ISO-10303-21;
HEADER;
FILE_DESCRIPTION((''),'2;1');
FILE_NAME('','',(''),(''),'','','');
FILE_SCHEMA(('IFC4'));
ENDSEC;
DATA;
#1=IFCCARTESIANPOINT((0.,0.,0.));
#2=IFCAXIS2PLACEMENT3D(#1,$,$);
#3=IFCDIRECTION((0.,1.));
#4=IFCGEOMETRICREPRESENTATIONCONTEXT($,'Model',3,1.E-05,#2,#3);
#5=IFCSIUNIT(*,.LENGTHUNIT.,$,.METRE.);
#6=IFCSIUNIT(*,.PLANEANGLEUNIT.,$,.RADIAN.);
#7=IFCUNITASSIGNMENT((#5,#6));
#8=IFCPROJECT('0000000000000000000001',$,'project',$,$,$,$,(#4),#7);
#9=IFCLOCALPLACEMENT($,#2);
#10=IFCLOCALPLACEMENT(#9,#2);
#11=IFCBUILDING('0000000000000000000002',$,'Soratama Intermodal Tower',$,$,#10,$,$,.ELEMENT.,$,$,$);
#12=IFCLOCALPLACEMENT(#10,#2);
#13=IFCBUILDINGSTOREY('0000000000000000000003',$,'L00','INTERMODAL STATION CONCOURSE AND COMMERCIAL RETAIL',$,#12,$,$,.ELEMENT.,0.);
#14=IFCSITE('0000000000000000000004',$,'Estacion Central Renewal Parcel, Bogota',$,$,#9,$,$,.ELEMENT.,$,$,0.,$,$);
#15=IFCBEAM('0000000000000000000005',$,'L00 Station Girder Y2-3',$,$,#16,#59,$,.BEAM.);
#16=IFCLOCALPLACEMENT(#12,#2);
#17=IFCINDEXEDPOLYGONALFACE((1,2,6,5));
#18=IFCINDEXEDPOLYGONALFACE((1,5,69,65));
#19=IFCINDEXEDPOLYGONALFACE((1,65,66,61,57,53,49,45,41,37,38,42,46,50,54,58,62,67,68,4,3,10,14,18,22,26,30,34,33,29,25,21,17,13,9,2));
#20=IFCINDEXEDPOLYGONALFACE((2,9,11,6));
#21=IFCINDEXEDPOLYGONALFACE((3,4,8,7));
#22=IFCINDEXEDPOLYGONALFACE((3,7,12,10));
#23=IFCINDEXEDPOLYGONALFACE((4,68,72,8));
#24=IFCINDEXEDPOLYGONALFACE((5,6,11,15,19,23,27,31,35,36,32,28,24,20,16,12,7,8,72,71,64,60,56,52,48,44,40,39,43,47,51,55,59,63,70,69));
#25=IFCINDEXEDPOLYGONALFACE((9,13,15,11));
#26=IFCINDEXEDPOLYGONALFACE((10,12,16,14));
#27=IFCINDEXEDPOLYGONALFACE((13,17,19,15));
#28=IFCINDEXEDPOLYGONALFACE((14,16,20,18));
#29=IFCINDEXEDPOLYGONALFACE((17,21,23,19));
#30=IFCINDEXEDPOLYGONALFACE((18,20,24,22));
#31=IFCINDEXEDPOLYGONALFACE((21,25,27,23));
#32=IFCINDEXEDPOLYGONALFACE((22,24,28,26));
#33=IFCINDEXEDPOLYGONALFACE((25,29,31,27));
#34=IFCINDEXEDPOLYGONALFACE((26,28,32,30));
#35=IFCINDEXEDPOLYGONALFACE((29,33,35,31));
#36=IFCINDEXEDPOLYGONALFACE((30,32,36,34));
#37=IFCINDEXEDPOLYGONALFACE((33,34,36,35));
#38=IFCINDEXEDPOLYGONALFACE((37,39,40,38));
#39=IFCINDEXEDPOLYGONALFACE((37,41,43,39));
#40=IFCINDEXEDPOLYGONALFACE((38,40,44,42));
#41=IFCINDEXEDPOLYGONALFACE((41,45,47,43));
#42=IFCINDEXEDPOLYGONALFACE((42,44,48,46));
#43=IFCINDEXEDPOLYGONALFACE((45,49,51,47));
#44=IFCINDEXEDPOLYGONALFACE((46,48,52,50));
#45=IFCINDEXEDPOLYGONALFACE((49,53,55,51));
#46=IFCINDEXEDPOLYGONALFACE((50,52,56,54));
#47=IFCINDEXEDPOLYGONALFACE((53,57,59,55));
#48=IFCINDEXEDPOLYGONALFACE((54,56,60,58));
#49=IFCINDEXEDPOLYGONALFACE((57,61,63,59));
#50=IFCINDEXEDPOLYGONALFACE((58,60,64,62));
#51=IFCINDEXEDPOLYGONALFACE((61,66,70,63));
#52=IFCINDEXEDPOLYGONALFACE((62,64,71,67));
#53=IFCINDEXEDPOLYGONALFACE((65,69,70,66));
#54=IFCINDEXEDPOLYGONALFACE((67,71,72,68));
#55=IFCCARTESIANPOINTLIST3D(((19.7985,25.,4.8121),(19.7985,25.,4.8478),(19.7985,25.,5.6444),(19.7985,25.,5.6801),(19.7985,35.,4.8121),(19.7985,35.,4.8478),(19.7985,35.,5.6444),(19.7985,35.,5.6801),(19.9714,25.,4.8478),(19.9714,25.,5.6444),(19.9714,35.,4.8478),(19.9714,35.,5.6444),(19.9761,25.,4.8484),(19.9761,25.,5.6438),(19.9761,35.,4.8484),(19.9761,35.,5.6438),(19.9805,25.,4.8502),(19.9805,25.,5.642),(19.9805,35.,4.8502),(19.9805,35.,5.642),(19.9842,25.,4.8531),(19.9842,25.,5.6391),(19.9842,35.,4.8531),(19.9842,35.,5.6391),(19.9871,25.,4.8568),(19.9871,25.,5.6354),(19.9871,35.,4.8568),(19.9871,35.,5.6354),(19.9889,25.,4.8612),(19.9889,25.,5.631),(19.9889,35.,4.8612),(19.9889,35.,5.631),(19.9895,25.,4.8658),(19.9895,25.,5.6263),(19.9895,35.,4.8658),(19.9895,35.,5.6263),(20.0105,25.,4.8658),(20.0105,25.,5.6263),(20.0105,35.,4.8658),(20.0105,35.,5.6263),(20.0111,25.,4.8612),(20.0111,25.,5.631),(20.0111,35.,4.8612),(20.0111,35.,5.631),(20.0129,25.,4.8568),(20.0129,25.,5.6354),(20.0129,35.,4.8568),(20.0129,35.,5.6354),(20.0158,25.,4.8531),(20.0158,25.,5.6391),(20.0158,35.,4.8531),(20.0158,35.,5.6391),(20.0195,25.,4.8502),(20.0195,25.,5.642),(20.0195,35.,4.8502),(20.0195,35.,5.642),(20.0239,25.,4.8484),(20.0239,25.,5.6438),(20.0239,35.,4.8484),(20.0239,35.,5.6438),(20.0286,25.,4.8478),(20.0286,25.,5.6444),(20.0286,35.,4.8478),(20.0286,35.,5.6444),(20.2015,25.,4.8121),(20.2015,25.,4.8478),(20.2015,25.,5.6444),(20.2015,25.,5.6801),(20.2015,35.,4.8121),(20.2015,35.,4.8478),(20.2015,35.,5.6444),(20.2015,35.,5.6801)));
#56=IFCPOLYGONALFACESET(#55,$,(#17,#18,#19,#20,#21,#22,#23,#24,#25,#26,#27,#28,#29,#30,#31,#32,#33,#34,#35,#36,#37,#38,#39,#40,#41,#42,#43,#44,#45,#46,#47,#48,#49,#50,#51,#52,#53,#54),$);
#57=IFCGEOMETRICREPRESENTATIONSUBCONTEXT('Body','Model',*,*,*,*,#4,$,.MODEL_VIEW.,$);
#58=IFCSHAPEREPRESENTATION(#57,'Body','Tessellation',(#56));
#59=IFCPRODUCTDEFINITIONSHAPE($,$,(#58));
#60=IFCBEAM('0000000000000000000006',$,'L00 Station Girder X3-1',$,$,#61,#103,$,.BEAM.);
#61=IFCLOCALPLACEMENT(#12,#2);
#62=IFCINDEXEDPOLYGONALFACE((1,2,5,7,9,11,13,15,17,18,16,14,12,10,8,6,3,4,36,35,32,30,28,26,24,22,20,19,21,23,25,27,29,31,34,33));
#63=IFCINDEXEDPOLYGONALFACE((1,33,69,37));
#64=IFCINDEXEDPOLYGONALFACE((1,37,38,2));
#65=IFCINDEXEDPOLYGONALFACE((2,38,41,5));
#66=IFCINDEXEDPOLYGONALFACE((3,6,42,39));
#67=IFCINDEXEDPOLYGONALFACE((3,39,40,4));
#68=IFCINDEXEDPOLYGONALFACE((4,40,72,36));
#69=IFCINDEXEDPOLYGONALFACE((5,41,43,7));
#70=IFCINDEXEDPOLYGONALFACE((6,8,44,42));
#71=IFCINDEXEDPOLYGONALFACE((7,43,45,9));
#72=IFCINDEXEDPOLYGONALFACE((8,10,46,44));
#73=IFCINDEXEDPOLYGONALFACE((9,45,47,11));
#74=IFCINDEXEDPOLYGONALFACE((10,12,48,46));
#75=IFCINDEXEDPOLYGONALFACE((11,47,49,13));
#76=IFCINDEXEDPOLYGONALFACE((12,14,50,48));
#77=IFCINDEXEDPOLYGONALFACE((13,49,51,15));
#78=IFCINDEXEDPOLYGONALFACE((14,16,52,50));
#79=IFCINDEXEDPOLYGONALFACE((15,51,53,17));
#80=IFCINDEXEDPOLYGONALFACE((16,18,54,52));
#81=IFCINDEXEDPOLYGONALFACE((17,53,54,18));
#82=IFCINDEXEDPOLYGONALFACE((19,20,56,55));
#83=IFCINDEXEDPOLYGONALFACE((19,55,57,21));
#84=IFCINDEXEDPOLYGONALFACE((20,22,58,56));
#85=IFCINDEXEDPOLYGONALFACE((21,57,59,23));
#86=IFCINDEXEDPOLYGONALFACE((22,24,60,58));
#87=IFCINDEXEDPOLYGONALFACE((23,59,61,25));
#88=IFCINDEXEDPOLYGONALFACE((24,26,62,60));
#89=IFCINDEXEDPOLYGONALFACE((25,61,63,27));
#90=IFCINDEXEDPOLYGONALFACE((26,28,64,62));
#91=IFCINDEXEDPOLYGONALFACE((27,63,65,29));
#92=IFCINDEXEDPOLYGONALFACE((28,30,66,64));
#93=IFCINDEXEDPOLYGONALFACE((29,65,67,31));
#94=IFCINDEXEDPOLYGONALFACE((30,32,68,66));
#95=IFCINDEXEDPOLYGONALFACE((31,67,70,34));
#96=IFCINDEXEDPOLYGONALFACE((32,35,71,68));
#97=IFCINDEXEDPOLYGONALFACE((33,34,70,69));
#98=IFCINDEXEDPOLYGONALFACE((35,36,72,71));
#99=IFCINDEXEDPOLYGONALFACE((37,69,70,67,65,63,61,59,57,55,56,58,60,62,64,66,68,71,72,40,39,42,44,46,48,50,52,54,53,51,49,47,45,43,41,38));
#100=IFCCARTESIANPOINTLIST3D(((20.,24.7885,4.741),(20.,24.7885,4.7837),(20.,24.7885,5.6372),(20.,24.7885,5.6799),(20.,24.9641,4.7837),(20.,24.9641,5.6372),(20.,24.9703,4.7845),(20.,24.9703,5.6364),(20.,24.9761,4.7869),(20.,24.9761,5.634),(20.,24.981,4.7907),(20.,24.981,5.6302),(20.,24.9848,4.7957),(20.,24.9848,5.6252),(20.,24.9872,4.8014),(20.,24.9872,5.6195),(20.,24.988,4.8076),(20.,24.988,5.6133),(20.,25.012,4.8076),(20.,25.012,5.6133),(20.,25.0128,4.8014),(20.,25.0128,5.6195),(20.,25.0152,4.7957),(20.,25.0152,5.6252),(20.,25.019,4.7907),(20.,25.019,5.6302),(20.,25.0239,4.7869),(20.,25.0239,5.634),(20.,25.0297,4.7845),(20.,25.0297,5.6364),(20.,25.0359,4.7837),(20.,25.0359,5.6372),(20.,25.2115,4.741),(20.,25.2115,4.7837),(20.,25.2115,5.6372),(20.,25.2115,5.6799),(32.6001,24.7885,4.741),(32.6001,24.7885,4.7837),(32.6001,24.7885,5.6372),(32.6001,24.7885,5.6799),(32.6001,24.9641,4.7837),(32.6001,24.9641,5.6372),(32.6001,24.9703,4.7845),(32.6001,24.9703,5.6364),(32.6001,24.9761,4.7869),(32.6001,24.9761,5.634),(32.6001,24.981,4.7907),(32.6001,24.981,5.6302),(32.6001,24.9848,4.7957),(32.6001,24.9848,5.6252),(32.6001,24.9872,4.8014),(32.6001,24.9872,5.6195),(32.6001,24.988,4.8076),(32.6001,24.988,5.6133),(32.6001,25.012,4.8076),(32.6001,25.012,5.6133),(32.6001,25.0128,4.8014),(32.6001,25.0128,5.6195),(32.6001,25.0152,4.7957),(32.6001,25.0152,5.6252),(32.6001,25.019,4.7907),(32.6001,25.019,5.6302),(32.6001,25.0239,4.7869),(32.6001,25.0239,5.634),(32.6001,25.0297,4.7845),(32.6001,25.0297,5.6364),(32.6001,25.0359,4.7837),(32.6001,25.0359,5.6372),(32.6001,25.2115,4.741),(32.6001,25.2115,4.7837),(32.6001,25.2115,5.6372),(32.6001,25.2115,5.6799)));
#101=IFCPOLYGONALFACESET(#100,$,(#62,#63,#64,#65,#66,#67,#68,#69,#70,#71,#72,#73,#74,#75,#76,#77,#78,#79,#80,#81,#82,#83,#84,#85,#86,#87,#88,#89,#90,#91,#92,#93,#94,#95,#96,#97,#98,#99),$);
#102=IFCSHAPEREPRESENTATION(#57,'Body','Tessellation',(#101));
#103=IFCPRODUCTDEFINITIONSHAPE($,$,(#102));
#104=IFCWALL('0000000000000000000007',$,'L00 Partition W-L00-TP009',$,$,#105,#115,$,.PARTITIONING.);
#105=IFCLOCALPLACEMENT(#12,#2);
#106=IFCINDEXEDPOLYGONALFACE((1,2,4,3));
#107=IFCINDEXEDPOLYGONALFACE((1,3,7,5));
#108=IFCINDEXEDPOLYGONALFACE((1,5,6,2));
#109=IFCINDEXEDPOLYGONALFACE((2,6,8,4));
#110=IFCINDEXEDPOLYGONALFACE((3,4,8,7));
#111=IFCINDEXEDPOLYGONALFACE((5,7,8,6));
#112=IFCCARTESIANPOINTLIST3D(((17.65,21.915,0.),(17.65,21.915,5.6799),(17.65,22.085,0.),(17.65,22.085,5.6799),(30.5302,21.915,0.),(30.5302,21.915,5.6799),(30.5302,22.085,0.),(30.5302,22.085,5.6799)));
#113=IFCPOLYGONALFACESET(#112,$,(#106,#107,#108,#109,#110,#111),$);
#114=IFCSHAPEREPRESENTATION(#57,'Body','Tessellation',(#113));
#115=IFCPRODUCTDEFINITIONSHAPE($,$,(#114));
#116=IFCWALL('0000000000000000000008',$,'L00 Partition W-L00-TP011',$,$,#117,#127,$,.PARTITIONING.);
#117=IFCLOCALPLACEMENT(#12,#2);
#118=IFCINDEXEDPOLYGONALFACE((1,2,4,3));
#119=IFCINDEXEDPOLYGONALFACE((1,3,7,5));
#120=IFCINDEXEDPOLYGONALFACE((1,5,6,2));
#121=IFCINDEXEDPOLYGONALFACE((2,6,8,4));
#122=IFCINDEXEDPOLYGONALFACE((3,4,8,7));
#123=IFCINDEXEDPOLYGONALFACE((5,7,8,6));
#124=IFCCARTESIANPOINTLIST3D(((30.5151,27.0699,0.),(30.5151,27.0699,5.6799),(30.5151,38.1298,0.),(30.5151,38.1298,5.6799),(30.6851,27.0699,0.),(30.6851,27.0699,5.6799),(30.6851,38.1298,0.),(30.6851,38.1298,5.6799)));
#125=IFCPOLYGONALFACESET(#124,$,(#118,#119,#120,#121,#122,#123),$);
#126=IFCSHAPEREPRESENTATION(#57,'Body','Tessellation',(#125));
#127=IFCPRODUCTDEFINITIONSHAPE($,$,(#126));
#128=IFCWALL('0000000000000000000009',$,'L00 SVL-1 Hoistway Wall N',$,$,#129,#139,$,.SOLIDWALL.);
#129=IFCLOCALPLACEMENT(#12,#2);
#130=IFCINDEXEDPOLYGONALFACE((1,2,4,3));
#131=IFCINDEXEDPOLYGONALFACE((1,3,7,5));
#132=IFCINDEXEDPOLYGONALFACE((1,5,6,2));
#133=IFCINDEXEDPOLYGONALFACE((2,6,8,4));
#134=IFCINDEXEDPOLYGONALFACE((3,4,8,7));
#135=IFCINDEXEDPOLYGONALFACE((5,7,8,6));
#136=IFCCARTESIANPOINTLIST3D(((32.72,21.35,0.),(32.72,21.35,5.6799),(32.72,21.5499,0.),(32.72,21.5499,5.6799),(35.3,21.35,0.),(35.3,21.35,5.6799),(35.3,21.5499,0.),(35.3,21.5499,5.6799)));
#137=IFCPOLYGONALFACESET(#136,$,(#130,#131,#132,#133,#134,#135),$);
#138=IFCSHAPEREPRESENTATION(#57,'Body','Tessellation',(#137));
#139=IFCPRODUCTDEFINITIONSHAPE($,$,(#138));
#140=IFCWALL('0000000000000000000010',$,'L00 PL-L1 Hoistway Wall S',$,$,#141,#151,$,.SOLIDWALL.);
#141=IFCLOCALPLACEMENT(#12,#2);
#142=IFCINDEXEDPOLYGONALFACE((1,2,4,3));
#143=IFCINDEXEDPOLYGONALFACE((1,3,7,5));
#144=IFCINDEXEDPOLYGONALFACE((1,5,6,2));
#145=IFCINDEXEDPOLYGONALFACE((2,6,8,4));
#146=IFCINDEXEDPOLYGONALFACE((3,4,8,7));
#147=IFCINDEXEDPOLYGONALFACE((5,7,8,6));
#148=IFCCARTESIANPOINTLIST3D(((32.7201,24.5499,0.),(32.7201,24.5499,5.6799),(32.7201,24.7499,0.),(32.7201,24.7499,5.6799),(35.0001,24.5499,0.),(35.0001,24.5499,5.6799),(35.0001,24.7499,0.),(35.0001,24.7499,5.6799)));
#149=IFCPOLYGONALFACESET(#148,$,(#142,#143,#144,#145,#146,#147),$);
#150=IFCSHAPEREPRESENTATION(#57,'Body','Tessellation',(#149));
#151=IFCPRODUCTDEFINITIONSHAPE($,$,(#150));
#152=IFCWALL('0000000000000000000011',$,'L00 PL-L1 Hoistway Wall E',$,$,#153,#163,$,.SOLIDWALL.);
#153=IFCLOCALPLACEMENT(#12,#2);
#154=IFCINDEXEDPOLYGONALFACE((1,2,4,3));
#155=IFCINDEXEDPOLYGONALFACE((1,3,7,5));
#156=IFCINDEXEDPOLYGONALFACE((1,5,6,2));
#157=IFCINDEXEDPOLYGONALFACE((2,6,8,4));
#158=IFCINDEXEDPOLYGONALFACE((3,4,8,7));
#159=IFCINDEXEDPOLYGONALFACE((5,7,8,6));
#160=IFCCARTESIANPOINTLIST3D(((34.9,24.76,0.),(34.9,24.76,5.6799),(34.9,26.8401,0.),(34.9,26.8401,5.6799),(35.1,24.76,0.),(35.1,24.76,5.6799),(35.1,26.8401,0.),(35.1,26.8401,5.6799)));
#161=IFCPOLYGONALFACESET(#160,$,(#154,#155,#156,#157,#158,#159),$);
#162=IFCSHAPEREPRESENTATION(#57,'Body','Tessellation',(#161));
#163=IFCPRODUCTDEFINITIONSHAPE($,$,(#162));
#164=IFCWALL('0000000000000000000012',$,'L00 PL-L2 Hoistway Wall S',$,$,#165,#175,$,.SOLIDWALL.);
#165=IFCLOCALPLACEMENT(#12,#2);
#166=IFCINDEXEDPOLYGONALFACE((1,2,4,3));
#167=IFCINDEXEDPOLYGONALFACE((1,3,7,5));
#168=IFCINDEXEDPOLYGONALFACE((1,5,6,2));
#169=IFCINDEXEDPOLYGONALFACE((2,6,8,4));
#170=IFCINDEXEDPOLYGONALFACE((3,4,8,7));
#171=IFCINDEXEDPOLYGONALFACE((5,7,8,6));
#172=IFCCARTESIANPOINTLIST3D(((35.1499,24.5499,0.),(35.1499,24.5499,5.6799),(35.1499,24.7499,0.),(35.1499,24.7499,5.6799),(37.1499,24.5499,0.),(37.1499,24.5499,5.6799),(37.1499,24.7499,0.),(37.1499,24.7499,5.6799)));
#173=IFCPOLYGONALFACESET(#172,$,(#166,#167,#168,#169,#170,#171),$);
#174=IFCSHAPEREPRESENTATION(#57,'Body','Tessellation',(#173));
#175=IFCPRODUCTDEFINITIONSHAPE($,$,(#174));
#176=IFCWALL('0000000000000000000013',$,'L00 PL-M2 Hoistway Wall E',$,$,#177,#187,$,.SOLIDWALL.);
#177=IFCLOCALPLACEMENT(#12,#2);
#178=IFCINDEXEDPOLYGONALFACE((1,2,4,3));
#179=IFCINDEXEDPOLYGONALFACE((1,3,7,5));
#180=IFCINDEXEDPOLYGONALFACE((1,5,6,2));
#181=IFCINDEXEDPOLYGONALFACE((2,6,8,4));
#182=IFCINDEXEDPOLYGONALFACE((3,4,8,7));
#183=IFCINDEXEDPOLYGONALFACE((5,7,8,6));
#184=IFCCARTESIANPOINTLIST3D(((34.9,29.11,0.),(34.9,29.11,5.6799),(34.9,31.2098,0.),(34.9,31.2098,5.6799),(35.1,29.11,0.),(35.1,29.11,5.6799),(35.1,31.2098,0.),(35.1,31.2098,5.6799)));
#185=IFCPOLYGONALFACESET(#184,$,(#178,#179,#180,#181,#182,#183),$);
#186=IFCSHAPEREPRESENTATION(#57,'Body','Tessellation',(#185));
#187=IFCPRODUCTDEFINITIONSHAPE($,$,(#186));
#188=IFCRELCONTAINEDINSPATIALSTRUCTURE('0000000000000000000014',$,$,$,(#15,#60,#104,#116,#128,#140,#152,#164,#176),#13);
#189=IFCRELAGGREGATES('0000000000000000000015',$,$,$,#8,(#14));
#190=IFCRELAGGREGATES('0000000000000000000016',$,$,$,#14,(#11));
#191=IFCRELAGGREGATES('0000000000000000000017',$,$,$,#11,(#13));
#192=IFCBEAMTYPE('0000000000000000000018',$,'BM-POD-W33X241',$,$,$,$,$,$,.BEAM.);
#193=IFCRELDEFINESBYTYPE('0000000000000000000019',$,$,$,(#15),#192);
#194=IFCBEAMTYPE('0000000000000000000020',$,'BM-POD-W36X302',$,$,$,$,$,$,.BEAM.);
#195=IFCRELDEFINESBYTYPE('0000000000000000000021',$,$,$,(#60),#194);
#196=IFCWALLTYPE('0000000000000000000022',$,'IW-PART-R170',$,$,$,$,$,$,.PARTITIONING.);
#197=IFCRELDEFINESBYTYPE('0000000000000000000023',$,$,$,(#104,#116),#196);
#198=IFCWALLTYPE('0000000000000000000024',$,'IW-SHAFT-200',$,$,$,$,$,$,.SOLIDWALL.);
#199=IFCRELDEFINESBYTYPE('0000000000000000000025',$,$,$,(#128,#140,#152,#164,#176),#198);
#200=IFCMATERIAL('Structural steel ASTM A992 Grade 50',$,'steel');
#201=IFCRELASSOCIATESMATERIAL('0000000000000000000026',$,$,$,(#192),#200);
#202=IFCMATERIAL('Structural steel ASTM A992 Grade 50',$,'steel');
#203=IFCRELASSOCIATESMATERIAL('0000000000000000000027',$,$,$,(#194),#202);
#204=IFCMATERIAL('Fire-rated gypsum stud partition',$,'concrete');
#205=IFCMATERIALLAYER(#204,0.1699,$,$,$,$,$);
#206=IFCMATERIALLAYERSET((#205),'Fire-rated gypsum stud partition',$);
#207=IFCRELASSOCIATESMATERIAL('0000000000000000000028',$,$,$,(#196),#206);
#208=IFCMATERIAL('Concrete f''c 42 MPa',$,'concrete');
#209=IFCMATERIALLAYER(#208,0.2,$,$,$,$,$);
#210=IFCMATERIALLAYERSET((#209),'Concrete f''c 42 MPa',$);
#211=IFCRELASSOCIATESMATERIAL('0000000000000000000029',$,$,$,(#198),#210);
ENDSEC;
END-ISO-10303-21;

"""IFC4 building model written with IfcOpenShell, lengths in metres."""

from ifc_helpers import new_model, si_unit, direction, frame, frame_2d, origin, origin_2d, place, context, subcontext, project, spatial, rectangle, i_section, extrude, material, layer, layer_set, material_profile, profile_set, type_object, element, save


model = new_model("IFC4")

# Units and contexts
model_context = context("Model", 3, precision=1e-05, world=origin(), true_north=direction((0.0, 1.0)))
body_context = subcontext(model_context, "Body", "Model", "MODEL_VIEW")
ifc_project = project(units=[si_unit("LENGTHUNIT", "METRE"), si_unit("PLANEANGLEUNIT", "RADIAN")], contexts=[model_context])

# Site, building, storey
site_placement = place(None, origin())
site = spatial("IfcSite", under=ifc_project, at=site_placement, Name="Estacion Central Renewal Parcel, Bogota", CompositionType="ELEMENT", RefElevation=0.0)
building_placement = place(site_placement, origin())
building = spatial("IfcBuilding", under=site, at=building_placement, Name="Soratama Intermodal Tower", CompositionType="ELEMENT")
storey_placement = place(building_placement, origin())
storey = spatial("IfcBuildingStorey", under=building, at=storey_placement, Name="L00", Description="INTERMODAL STATION CONCOURSE AND COMMERCIAL RETAIL", CompositionType="ELEMENT", Elevation=0.0)

# Beams
ifc_material_1 = material(Name="Structural steel ASTM A992 Grade 50", Category="steel")
ifc_material_profile_1 = material_profile(ifc_material_1, i_section(OverallWidth=0.4031, OverallDepth=0.8679, WebThickness=0.021, FlangeThickness=0.0356, FilletRadius=0.0181, at=origin_2d()), Name="W33X241")
ifc_profile_set_1 = profile_set([ifc_material_profile_1], Name="Structural steel ASTM A992 Grade 50")
beam_type_1 = type_object("IfcBeamType", Name="BM-POD-W33X241", PredefinedType="BEAM", material=ifc_profile_set_1)
beam_1_placement = place(storey_placement, frame((20.0, 25.0, 5.2461), z_axis=(0.0, 1.0, 0.0), x_axis=(-1.0, 0.0, 0.0)))
element("IfcBeam", 1, at=beam_1_placement, inside=storey, type_object=beam_type_1, Name="L00 Station Girder Y2-3", PredefinedType="BEAM", context=body_context, shape_type="SweptSolid", body=[
    extrude(i_section(OverallWidth=0.4031, OverallDepth=0.8679, WebThickness=0.021, FlangeThickness=0.0356, FilletRadius=0.0181, at=origin_2d()), origin(), (0.0, 0.0, 1.0), 10.0),
])
ifc_material_2 = material(Name="Structural steel ASTM A992 Grade 50", Category="steel")
ifc_material_profile_2 = material_profile(ifc_material_2, i_section(OverallWidth=0.4231, OverallDepth=0.939, WebThickness=0.0239, FlangeThickness=0.0427, FilletRadius=0.0239, at=origin_2d()), Name="W36X302")
ifc_profile_set_2 = profile_set([ifc_material_profile_2], Name="Structural steel ASTM A992 Grade 50")
beam_type_2 = type_object("IfcBeamType", Name="BM-POD-W36X302", PredefinedType="BEAM", material=ifc_profile_set_2)
beam_2_placement = place(storey_placement, frame((20.0, 25.0, 5.2104), z_axis=(1.0, 0.0, 0.0), x_axis=(0.0, 1.0, 0.0)))
element("IfcBeam", 2, at=beam_2_placement, inside=storey, type_object=beam_type_2, Name="L00 Station Girder X3-1", PredefinedType="BEAM", context=body_context, shape_type="SweptSolid", body=[
    extrude(i_section(OverallWidth=0.4231, OverallDepth=0.939, WebThickness=0.0239, FlangeThickness=0.0427, FilletRadius=0.0239, at=origin_2d()), origin(), (0.0, 0.0, 1.0), 12.6001),
])

# Walls
ifc_material_3 = material(Name="Fire-rated gypsum stud partition", Category="concrete")
ifc_layer_1 = layer(ifc_material_3, 0.1699)
ifc_layer_set_1 = layer_set([ifc_layer_1], Name="Fire-rated gypsum stud partition")
wall_type_1 = type_object("IfcWallType", Name="IW-PART-R170", PredefinedType="PARTITIONING", material=ifc_layer_set_1)
wall_1_placement = place(storey_placement, frame((30.53, 22.0, 0.0), z_axis=(0.0, 0.0, 1.0), x_axis=(-1.0, 0.0, 0.0)))
element("IfcWall", 3, at=wall_1_placement, inside=storey, type_object=wall_type_1, Name="L00 Partition W-L00-TP009", PredefinedType="PARTITIONING", context=body_context, shape_type="SweptSolid", body=[
    extrude(rectangle(XDim=12.8801, YDim=0.1699, at=frame_2d((6.4399, 0.0))), origin(), (0.0, 0.0, 1.0), 5.6799),
])
wall_2_placement = place(storey_placement, frame((30.6001, 27.0701, 0.0), z_axis=(0.0, 0.0, 1.0), x_axis=(0.0, 1.0, 0.0)))
element("IfcWall", 4, at=wall_2_placement, inside=storey, type_object=wall_type_1, Name="L00 Partition W-L00-TP011", PredefinedType="PARTITIONING", context=body_context, shape_type="SweptSolid", body=[
    extrude(rectangle(XDim=11.0598, YDim=0.1699, at=frame_2d((5.5298, 0.0))), origin(), (0.0, 0.0, 1.0), 5.6799),
])

# Shared definitions
ifc_material_4 = material(Name="Concrete f'c 42 MPa", Category="concrete")
ifc_layer_2 = layer(ifc_material_4, 0.2)
ifc_layer_set_2 = layer_set([ifc_layer_2], Name="Concrete f'c 42 MPa")
wall_type_2 = type_object("IfcWallType", Name="IW-SHAFT-200", PredefinedType="SOLIDWALL", material=ifc_layer_set_2)

# Walls
wall_3_placement = place(storey_placement, frame((32.72, 21.45, 0.0), z_axis=(0.0, 0.0, 1.0), x_axis=(1.0, 0.0, 0.0)))
element("IfcWall", 5, at=wall_3_placement, inside=storey, type_object=wall_type_2, Name="L00 SVL-1 Hoistway Wall N", PredefinedType="SOLIDWALL", context=body_context, shape_type="SweptSolid", body=[
    extrude(rectangle(XDim=2.5801, YDim=0.2, at=frame_2d((1.29, 0.0))), origin(), (0.0, 0.0, 1.0), 5.6799),
])
wall_4_placement = place(storey_placement, frame((32.72, 24.6499, 0.0), z_axis=(0.0, 0.0, 1.0), x_axis=(1.0, 0.0, 0.0)))
element("IfcWall", 6, at=wall_4_placement, inside=storey, type_object=wall_type_2, Name="L00 PL-L1 Hoistway Wall S", PredefinedType="SOLIDWALL", context=body_context, shape_type="SweptSolid", body=[
    extrude(rectangle(XDim=2.28, YDim=0.2, at=frame_2d((1.1401, 0.0))), origin(), (0.0, 0.0, 1.0), 5.6799),
])

# Walls
wall_5_placement = place(storey_placement, frame((35.0, 24.76, 0.0), z_axis=(0.0, 0.0, 1.0), x_axis=(0.0, 1.0, 0.0)))
element("IfcWall", 7, at=wall_5_placement, inside=storey, type_object=wall_type_2, Name="L00 PL-L1 Hoistway Wall E", PredefinedType="SOLIDWALL", context=body_context, shape_type="SweptSolid", body=[
    extrude(rectangle(XDim=2.0801, YDim=0.2, at=frame_2d((1.04, 0.0))), origin(), (0.0, 0.0, 1.0), 5.6799),
])
wall_6_placement = place(storey_placement, frame((35.1499, 24.6499, 0.0), z_axis=(0.0, 0.0, 1.0), x_axis=(1.0, 0.0, 0.0)))
element("IfcWall", 8, at=wall_6_placement, inside=storey, type_object=wall_type_2, Name="L00 PL-L2 Hoistway Wall S", PredefinedType="SOLIDWALL", context=body_context, shape_type="SweptSolid", body=[
    extrude(rectangle(XDim=2.0, YDim=0.2, at=frame_2d((1.0, 0.0))), origin(), (0.0, 0.0, 1.0), 5.6799),
])

# Wall
wall_7_placement = place(storey_placement, frame((35.0, 29.1101, 0.0), z_axis=(0.0, 0.0, 1.0), x_axis=(0.0, 1.0, 0.0)))
element("IfcWall", 9, at=wall_7_placement, inside=storey, type_object=wall_type_2, Name="L00 PL-M2 Hoistway Wall E", PredefinedType="SOLIDWALL", context=body_context, shape_type="SweptSolid", body=[
    extrude(rectangle(XDim=2.0999, YDim=0.2, at=frame_2d((1.0498, 0.0))), origin(), (0.0, 0.0, 1.0), 5.6799),
])

save(model, "model.ifc")
